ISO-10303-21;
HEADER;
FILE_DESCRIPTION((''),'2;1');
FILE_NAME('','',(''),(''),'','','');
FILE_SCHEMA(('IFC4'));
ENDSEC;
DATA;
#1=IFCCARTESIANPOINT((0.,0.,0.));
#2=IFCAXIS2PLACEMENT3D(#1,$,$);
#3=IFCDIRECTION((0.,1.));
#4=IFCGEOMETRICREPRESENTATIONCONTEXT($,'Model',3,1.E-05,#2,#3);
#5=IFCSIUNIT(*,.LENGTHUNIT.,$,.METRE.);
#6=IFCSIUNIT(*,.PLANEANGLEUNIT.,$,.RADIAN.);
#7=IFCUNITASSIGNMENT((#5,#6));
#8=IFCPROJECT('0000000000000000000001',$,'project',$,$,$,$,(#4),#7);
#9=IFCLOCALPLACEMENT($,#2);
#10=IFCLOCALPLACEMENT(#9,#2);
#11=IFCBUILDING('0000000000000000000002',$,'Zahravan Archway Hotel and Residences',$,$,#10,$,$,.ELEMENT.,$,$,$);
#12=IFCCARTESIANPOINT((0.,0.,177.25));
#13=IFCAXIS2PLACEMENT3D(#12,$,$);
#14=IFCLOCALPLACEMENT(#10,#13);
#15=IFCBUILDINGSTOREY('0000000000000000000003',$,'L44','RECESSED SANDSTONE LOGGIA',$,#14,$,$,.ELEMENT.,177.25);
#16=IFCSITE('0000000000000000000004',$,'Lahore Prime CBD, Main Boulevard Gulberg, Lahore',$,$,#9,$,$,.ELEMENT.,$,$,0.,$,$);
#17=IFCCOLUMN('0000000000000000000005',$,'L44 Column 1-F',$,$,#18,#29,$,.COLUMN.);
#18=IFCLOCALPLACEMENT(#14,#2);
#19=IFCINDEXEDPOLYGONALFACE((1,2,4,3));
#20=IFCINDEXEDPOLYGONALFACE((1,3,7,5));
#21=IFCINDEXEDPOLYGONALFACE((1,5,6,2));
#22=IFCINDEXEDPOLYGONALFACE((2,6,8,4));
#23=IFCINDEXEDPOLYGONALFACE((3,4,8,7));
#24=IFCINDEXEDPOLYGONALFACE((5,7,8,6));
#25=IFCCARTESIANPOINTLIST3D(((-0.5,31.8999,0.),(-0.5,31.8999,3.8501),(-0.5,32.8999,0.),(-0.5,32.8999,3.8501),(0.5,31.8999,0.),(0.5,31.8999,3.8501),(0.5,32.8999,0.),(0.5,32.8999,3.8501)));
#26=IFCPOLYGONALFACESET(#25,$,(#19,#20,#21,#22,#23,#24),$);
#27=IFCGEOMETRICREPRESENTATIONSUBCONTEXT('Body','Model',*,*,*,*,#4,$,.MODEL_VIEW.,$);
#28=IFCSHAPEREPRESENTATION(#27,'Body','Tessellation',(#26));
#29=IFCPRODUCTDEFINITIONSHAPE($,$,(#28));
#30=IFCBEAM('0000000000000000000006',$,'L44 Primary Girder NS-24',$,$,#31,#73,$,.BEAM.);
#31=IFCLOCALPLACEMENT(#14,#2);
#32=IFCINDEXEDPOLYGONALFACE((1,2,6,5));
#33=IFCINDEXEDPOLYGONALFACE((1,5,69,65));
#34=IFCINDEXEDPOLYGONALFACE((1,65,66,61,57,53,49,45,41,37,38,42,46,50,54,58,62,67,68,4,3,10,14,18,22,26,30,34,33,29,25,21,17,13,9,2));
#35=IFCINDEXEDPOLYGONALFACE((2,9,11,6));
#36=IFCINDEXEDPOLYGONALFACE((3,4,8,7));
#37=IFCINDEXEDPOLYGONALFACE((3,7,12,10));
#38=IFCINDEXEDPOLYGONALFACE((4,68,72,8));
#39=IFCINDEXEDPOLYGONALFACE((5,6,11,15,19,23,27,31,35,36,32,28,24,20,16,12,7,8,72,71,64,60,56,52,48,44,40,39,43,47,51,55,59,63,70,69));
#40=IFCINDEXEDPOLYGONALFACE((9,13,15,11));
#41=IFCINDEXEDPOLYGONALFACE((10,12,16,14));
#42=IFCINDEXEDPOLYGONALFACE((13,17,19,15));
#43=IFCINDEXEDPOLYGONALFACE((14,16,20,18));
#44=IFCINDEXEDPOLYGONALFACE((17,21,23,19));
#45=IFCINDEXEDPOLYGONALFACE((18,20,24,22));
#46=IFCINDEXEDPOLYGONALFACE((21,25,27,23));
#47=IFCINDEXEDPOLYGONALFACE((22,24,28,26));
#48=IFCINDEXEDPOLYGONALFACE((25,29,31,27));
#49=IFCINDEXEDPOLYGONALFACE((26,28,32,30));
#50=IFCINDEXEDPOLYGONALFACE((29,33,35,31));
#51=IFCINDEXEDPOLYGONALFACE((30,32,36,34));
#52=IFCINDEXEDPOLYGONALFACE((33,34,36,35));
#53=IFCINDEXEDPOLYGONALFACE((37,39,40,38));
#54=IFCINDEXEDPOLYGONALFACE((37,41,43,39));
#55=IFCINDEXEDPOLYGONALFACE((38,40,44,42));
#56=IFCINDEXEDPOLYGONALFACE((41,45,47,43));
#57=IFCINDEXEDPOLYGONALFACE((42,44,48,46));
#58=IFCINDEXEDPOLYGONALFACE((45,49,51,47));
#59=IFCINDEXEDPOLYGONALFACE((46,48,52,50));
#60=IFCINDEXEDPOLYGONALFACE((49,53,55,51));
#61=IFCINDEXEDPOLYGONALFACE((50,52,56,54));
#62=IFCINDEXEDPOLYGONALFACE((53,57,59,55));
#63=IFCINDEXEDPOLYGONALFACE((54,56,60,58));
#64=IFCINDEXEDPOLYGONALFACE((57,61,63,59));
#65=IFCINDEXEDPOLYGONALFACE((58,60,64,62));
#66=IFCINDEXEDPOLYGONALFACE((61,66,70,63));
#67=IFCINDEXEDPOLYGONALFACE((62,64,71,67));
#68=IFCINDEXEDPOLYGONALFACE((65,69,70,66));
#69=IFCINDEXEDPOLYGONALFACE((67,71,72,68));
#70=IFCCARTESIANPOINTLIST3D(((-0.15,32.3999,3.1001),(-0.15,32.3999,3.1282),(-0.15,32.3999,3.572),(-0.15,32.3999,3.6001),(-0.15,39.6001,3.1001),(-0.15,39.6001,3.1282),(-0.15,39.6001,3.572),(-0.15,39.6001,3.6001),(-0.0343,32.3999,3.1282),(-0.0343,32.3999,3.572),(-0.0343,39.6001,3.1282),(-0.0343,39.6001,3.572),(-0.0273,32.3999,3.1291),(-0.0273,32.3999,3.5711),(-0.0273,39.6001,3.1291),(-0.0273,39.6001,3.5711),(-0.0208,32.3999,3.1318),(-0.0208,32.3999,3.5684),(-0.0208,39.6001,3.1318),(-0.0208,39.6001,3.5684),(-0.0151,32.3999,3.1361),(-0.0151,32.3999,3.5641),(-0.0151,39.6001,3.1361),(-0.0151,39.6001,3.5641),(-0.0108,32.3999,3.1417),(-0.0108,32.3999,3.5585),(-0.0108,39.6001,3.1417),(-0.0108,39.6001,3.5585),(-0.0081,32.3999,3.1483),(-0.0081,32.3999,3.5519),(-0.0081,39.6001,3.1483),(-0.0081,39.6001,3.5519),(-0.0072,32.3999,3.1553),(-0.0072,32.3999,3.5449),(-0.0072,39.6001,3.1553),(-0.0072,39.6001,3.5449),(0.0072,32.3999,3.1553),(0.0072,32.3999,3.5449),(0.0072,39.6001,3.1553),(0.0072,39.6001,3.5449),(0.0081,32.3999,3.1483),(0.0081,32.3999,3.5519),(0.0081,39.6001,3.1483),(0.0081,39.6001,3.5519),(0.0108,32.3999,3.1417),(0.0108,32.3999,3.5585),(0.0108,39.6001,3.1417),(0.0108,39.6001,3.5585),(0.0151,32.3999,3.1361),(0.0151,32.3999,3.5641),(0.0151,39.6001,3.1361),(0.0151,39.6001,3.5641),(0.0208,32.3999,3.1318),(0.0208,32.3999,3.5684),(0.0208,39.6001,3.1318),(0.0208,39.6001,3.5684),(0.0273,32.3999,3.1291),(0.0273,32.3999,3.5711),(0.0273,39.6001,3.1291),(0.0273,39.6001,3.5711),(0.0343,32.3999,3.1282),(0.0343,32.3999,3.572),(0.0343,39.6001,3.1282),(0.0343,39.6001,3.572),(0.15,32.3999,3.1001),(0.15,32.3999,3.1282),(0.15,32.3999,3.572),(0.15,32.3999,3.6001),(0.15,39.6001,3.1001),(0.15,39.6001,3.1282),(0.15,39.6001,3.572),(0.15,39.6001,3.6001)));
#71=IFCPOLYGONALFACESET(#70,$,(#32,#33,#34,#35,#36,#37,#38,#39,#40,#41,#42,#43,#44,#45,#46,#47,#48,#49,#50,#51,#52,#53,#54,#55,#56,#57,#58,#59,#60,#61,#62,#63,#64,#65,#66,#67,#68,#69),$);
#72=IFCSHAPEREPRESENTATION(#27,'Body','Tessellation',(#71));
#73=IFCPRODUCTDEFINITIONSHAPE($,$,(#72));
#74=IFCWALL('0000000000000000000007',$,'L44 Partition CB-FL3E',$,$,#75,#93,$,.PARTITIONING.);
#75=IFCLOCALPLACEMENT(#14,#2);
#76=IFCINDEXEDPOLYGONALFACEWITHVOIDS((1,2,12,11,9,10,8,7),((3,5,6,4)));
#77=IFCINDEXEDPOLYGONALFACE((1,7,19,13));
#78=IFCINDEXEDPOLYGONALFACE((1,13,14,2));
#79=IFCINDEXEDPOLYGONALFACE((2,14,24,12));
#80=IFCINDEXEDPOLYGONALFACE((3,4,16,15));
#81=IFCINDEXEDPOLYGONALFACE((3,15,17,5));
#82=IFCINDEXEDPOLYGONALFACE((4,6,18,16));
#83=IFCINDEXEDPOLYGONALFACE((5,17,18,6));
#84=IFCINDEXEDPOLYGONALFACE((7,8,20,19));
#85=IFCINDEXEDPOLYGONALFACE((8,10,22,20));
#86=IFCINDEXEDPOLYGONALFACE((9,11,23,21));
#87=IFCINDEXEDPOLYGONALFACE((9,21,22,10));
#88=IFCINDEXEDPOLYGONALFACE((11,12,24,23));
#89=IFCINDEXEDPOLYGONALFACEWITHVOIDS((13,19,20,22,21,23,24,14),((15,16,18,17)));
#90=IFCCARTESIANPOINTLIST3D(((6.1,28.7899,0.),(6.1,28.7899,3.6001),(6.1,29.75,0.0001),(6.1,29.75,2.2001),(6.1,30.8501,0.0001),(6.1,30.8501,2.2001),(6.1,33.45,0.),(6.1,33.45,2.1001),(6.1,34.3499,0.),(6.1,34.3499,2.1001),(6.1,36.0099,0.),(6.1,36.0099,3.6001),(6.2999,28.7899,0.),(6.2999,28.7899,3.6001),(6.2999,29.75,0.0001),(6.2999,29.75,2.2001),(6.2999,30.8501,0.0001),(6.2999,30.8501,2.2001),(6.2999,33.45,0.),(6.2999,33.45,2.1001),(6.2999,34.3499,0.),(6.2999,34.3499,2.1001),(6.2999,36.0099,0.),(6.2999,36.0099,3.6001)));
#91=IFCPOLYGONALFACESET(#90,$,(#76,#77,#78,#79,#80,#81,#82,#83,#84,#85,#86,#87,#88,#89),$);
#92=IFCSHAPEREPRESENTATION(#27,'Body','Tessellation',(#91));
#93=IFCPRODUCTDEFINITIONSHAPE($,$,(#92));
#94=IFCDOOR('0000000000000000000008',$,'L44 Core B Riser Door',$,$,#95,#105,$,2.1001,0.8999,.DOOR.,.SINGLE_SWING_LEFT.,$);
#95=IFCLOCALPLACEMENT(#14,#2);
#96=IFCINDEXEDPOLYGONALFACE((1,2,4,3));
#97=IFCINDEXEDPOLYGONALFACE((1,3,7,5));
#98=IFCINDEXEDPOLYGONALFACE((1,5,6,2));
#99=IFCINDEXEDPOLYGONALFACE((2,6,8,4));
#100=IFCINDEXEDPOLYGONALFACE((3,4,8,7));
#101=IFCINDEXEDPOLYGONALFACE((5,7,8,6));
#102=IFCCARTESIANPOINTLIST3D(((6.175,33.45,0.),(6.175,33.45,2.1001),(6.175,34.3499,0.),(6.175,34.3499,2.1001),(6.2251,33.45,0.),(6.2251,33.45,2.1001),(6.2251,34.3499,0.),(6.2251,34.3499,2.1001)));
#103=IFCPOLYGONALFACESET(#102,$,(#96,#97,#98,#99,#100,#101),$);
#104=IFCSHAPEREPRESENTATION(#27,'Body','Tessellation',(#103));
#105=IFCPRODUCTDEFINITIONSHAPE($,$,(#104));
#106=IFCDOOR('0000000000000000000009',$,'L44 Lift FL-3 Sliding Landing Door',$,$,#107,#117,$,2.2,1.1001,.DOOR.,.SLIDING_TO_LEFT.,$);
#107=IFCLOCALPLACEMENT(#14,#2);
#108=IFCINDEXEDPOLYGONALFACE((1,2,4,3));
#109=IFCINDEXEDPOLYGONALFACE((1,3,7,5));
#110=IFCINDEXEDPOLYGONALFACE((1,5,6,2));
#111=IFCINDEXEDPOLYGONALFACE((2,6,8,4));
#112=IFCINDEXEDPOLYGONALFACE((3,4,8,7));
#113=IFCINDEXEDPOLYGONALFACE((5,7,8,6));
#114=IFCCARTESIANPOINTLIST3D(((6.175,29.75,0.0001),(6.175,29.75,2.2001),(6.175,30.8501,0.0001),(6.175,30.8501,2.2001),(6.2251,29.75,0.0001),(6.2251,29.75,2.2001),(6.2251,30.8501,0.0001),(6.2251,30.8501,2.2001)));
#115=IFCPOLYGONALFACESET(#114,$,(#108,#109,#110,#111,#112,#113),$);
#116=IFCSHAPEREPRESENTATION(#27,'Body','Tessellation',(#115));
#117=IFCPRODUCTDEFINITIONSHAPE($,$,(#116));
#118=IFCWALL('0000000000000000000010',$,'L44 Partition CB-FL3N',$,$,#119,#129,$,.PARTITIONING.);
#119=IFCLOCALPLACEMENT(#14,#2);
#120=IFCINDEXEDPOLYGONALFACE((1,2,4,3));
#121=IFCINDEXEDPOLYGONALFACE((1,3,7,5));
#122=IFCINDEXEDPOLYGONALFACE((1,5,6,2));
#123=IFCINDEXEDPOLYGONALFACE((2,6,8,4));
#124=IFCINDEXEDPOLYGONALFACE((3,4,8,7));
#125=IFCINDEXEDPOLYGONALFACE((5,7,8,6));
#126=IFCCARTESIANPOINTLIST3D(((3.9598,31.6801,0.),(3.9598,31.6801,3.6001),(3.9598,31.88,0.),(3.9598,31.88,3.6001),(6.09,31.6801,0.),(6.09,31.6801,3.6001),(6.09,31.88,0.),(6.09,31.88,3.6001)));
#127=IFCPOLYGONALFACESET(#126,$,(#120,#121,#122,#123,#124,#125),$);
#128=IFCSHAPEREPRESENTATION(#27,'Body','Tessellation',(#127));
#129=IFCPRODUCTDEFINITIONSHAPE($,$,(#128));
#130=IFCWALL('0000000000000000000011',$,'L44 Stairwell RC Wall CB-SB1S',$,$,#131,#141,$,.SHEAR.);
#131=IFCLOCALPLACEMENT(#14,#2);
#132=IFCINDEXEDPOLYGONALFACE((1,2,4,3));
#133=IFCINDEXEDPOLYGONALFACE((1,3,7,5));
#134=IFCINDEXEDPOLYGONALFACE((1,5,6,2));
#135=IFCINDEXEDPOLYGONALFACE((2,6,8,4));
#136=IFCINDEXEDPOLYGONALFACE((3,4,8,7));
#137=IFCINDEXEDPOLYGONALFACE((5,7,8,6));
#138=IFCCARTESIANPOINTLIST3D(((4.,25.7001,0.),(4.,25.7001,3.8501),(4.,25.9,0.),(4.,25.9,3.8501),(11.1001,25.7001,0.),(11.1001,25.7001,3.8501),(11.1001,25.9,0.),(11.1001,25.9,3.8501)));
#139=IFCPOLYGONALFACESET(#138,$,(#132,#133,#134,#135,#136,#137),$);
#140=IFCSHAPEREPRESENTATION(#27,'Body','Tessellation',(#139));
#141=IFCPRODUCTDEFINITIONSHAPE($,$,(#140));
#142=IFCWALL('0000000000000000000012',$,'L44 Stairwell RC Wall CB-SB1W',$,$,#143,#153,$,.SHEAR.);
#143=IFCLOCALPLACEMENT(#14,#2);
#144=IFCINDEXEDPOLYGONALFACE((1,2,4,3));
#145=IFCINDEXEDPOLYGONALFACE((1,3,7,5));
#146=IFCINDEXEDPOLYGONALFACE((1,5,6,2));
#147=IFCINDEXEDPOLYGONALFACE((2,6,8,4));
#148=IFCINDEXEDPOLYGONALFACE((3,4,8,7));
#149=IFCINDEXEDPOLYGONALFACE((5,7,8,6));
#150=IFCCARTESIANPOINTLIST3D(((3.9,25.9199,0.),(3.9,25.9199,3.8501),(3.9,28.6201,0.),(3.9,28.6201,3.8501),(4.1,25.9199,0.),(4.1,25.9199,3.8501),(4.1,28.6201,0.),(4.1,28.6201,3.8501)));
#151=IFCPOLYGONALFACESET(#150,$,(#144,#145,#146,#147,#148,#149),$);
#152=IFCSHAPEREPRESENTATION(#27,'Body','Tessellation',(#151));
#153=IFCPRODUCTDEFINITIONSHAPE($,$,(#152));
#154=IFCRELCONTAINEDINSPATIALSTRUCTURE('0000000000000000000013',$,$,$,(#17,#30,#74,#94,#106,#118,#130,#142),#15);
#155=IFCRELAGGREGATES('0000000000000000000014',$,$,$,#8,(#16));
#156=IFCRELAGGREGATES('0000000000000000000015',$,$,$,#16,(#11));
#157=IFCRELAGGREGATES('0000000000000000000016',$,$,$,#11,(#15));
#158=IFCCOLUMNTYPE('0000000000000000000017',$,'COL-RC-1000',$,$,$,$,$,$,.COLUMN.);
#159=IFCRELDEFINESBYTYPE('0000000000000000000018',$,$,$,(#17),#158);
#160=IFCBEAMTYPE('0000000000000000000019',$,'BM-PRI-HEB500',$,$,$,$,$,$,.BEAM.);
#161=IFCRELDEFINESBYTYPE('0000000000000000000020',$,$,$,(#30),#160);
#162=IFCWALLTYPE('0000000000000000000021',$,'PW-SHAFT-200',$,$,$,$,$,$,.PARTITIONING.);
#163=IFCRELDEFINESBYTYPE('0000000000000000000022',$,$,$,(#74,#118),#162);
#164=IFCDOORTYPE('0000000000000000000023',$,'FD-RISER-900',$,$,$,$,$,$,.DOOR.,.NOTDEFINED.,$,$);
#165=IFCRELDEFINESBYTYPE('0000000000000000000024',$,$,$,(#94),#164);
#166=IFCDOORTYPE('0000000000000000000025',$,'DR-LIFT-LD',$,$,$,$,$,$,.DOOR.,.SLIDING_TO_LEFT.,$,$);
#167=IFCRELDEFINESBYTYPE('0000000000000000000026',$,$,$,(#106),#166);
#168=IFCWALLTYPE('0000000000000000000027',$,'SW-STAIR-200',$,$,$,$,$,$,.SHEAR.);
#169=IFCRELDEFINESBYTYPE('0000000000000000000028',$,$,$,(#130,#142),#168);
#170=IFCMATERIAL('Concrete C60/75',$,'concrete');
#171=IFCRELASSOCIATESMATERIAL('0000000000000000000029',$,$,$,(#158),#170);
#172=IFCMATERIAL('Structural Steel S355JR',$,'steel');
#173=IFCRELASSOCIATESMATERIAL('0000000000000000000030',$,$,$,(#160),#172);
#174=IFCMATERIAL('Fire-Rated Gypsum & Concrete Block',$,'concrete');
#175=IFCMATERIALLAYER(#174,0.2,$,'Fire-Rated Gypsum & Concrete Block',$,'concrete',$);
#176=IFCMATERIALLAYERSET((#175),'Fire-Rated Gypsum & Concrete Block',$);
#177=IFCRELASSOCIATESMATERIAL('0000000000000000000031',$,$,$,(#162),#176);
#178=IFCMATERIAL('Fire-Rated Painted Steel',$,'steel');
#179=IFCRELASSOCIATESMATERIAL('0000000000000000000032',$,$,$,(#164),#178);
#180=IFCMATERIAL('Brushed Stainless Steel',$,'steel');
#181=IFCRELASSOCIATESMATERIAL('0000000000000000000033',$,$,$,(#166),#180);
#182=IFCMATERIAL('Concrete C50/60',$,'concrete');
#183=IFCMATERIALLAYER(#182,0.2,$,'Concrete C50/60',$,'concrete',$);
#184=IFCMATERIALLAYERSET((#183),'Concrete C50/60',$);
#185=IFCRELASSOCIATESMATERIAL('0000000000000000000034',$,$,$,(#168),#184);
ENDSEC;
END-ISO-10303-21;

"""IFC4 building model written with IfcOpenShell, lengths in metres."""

from ifc_helpers import new_model, si_unit, direction, frame, frame_2d, origin, origin_2d, place, context, subcontext, project, spatial, rectangle, i_section, extrude, source, transform, mapped, material, layer, layer_set, material_profile, profile_set, type_object, type_shapes, element, fill, save


model = new_model("IFC4")

# Units and contexts
model_context = context("Model", 3, precision=1e-05, world=origin(), true_north=direction((0.0, 1.0)))
body_context = subcontext(model_context, "Body", "Model", "MODEL_VIEW")
ifc_project = project(units=[si_unit("LENGTHUNIT", "METRE"), si_unit("PLANEANGLEUNIT", "RADIAN")], contexts=[model_context])

# Site, building, storey
site_placement = place(None, origin())
site = spatial("IfcSite", under=ifc_project, at=site_placement, Name="Lahore Prime CBD, Main Boulevard Gulberg, Lahore", CompositionType="ELEMENT", RefElevation=0.0)
building_placement = place(site_placement, origin())
building = spatial("IfcBuilding", under=site, at=building_placement, Name="Zahravan Archway Hotel and Residences", CompositionType="ELEMENT")
storey_placement = place(building_placement, frame((0.0, 0.0, 177.25)))
storey = spatial("IfcBuildingStorey", under=building, at=storey_placement, Name="L44", Description="RECESSED SANDSTONE LOGGIA", CompositionType="ELEMENT", Elevation=177.25)

# Column
ifc_material_1 = material(Name="Concrete C60/75", Category="concrete")
ifc_material_profile_1 = material_profile(ifc_material_1, rectangle(XDim=1.0, YDim=1.0, at=origin_2d()), Name="RC-COL-1000x1000", Category="concrete")
ifc_profile_set_1 = profile_set([ifc_material_profile_1], Name="Concrete C60/75")
column_type = type_object("IfcColumnType", Name="COL-RC-1000", PredefinedType="COLUMN", material=ifc_profile_set_1)
shared_shape_1 = source(origin(), body_context, "Body", "SweptSolid", [
    extrude(rectangle(XDim=1.0, YDim=1.0, at=origin_2d()), origin(), (0.0, 0.0, 1.0), 3.8501),
])
column_placement = place(storey_placement, frame((0.0, 32.3999, 0.0), z_axis=(0.0, 0.0, 1.0), x_axis=(1.0, 0.0, 0.0)))
element("IfcColumn", 1, at=column_placement, inside=storey, type_object=column_type, Name="L44 Column 1-F", PredefinedType="COLUMN", context=body_context, shape_type="MappedRepresentation", body=[
    mapped(shared_shape_1, transform((0.0, 0.0, 0.0), scale=1.0)),
])

# Beam
ifc_material_2 = material(Name="Structural Steel S355JR", Category="steel")
ifc_material_profile_2 = material_profile(ifc_material_2, i_section(OverallWidth=0.3, OverallDepth=0.5, WebThickness=0.0144, FlangeThickness=0.0281, FilletRadius=0.0271, at=origin_2d()), Name="HEB 500", Category="steel")
ifc_profile_set_2 = profile_set([ifc_material_profile_2], Name="Structural Steel S355JR")
beam_type = type_object("IfcBeamType", Name="BM-PRI-HEB500", PredefinedType="BEAM", material=ifc_profile_set_2)
shared_shape_2 = source(origin(), body_context, "Body", "SweptSolid", [
    extrude(i_section(OverallWidth=0.3, OverallDepth=0.5, WebThickness=0.0144, FlangeThickness=0.0281, FilletRadius=0.0271, at=origin_2d()), origin(), (0.0, 0.0, 1.0), 7.2002),
])
type_shapes(beam_type, [shared_shape_2])
beam_placement = place(storey_placement, frame((0.0, 32.3999, 3.3501), z_axis=(0.0, 1.0, 0.0), x_axis=(-1.0, 0.0, 0.0)))
element("IfcBeam", 2, at=beam_placement, inside=storey, type_object=beam_type, Name="L44 Primary Girder NS-24", PredefinedType="BEAM", context=body_context, shape_type="MappedRepresentation", body=[
    mapped(shared_shape_2, transform((0.0, 0.0, 0.0), scale=1.0)),
])

# Wall, openings, doors
ifc_material_3 = material(Name="Fire-Rated Gypsum & Concrete Block", Category="concrete")
ifc_layer_1 = layer(ifc_material_3, 0.2, Name="Fire-Rated Gypsum & Concrete Block", Category="concrete")
ifc_layer_set_1 = layer_set([ifc_layer_1], Name="Fire-Rated Gypsum & Concrete Block")
wall_type_1 = type_object("IfcWallType", Name="PW-SHAFT-200", PredefinedType="PARTITIONING", material=ifc_layer_set_1)
wall_1_placement = place(storey_placement, frame((6.2, 28.79, 0.0), z_axis=(0.0, 0.0, 1.0), x_axis=(0.0, 1.0, 0.0)))
wall_1 = element("IfcWall", 3, at=wall_1_placement, inside=storey, type_object=wall_type_1, Name="L44 Partition CB-FL3E", PredefinedType="PARTITIONING", context=body_context, shape_type="SweptSolid", body=[
    extrude(rectangle(XDim=7.22, YDim=0.2, at=frame_2d((3.6099, 0.0))), origin(), (0.0, 0.0, 1.0), 3.6001),
])
opening_1_placement = place(wall_1_placement, frame((4.6599, 0.0, 0.0)))
opening_1 = element("IfcOpeningElement", 4, at=opening_1_placement, cuts=wall_1, PredefinedType="OPENING", context=body_context, shape_type="SweptSolid", body=[
    extrude(rectangle(XDim=0.8999, YDim=2.1001, at=frame_2d((0.45, 1.05))), frame((0.0, 0.1099, 0.0), z_axis=(0.0, -1.0, 0.0), x_axis=(1.0, 0.0, 0.0)), (0.0, 0.0, 1.0), 0.22),
])
opening_2_placement = place(wall_1_placement, frame((0.96, 0.0, 0.0)))
opening_2 = element("IfcOpeningElement", 5, at=opening_2_placement, cuts=wall_1, PredefinedType="OPENING", context=body_context, shape_type="SweptSolid", body=[
    extrude(rectangle(XDim=1.1001, YDim=2.2, at=frame_2d((0.55, 1.1001))), frame((0.0, 0.1099, 0.0), z_axis=(0.0, -1.0, 0.0), x_axis=(1.0, 0.0, 0.0)), (0.0, 0.0, 1.0), 0.22),
])
ifc_material_4 = material(Name="Fire-Rated Painted Steel", Category="steel")
door_type_1 = type_object("IfcDoorType", Name="FD-RISER-900", OperationType="NOTDEFINED", PredefinedType="DOOR", material=ifc_material_4)
shared_shape_3 = source(origin(), body_context, "Body", "SweptSolid", [
    extrude(rectangle(XDim=0.8999, YDim=2.1001, at=frame_2d((0.45, 1.05))), frame((0.0, 0.0249, 0.0), z_axis=(0.0, -1.0, 0.0), x_axis=(1.0, 0.0, 0.0)), (0.0, 0.0, 1.0), 0.05),
])
type_shapes(door_type_1, [shared_shape_3])
door_1_placement = place(opening_1_placement, origin())
door_1 = element("IfcDoor", 6, at=door_1_placement, inside=storey, type_object=door_type_1, Name="L44 Core B Riser Door", OperationType="SINGLE_SWING_LEFT", OverallHeight=2.1001, OverallWidth=0.8999, PredefinedType="DOOR", context=body_context, shape_type="MappedRepresentation", body=[
    mapped(shared_shape_3, transform((0.0, 0.0, 0.0), scale=1.0)),
])
fill(opening_1, door_1)
ifc_material_5 = material(Name="Brushed Stainless Steel", Category="steel")
door_type_2 = type_object("IfcDoorType", Name="DR-LIFT-LD", OperationType="SLIDING_TO_LEFT", PredefinedType="DOOR", material=ifc_material_5)
shared_shape_4 = source(origin(), body_context, "Body", "SweptSolid", [
    extrude(rectangle(XDim=1.1001, YDim=2.2, at=frame_2d((0.55, 1.1001))), frame((0.0, 0.0249, 0.0), z_axis=(0.0, -1.0, 0.0), x_axis=(1.0, 0.0, 0.0)), (0.0, 0.0, 1.0), 0.05),
])
type_shapes(door_type_2, [shared_shape_4])
door_2_placement = place(opening_2_placement, origin())
door_2 = element("IfcDoor", 7, at=door_2_placement, inside=storey, type_object=door_type_2, Name="L44 Lift FL-3 Sliding Landing Door", OperationType="SLIDING_TO_LEFT", OverallHeight=2.2, OverallWidth=1.1001, PredefinedType="DOOR", context=body_context, shape_type="MappedRepresentation", body=[
    mapped(shared_shape_4, transform((0.0, 0.0, 0.0), scale=1.0)),
])
fill(opening_2, door_2)

# Walls
wall_2_placement = place(storey_placement, frame((3.96, 31.78, 0.0), z_axis=(0.0, 0.0, 1.0), x_axis=(1.0, 0.0, 0.0)))
element("IfcWall", 8, at=wall_2_placement, inside=storey, type_object=wall_type_1, Name="L44 Partition CB-FL3N", PredefinedType="PARTITIONING", context=body_context, shape_type="SweptSolid", body=[
    extrude(rectangle(XDim=2.1301, YDim=0.2, at=frame_2d((1.0649, 0.0))), origin(), (0.0, 0.0, 1.0), 3.6001),
])
ifc_material_6 = material(Name="Concrete C50/60", Category="concrete")
ifc_layer_2 = layer(ifc_material_6, 0.2, Name="Concrete C50/60", Category="concrete")
ifc_layer_set_2 = layer_set([ifc_layer_2], Name="Concrete C50/60")
wall_type_2 = type_object("IfcWallType", Name="SW-STAIR-200", PredefinedType="SHEAR", material=ifc_layer_set_2)
wall_3_placement = place(storey_placement, frame((4.0, 25.8, 0.0), z_axis=(0.0, 0.0, 1.0), x_axis=(1.0, 0.0, 0.0)))
element("IfcWall", 9, at=wall_3_placement, inside=storey, type_object=wall_type_2, Name="L44 Stairwell RC Wall CB-SB1S", PredefinedType="SHEAR", context=body_context, shape_type="SweptSolid", body=[
    extrude(rectangle(XDim=7.1001, YDim=0.2, at=frame_2d((3.55, 0.0))), origin(), (0.0, 0.0, 1.0), 3.8501),
])
wall_4_placement = place(storey_placement, frame((4.0, 25.9199, 0.0), z_axis=(0.0, 0.0, 1.0), x_axis=(0.0, 1.0, 0.0)))
element("IfcWall", 10, at=wall_4_placement, inside=storey, type_object=wall_type_2, Name="L44 Stairwell RC Wall CB-SB1W", PredefinedType="SHEAR", context=body_context, shape_type="SweptSolid", body=[
    extrude(rectangle(XDim=2.7002, YDim=0.2, at=frame_2d((1.3501, 0.0))), origin(), (0.0, 0.0, 1.0), 3.8501),
])

save(model, "model.ifc")
